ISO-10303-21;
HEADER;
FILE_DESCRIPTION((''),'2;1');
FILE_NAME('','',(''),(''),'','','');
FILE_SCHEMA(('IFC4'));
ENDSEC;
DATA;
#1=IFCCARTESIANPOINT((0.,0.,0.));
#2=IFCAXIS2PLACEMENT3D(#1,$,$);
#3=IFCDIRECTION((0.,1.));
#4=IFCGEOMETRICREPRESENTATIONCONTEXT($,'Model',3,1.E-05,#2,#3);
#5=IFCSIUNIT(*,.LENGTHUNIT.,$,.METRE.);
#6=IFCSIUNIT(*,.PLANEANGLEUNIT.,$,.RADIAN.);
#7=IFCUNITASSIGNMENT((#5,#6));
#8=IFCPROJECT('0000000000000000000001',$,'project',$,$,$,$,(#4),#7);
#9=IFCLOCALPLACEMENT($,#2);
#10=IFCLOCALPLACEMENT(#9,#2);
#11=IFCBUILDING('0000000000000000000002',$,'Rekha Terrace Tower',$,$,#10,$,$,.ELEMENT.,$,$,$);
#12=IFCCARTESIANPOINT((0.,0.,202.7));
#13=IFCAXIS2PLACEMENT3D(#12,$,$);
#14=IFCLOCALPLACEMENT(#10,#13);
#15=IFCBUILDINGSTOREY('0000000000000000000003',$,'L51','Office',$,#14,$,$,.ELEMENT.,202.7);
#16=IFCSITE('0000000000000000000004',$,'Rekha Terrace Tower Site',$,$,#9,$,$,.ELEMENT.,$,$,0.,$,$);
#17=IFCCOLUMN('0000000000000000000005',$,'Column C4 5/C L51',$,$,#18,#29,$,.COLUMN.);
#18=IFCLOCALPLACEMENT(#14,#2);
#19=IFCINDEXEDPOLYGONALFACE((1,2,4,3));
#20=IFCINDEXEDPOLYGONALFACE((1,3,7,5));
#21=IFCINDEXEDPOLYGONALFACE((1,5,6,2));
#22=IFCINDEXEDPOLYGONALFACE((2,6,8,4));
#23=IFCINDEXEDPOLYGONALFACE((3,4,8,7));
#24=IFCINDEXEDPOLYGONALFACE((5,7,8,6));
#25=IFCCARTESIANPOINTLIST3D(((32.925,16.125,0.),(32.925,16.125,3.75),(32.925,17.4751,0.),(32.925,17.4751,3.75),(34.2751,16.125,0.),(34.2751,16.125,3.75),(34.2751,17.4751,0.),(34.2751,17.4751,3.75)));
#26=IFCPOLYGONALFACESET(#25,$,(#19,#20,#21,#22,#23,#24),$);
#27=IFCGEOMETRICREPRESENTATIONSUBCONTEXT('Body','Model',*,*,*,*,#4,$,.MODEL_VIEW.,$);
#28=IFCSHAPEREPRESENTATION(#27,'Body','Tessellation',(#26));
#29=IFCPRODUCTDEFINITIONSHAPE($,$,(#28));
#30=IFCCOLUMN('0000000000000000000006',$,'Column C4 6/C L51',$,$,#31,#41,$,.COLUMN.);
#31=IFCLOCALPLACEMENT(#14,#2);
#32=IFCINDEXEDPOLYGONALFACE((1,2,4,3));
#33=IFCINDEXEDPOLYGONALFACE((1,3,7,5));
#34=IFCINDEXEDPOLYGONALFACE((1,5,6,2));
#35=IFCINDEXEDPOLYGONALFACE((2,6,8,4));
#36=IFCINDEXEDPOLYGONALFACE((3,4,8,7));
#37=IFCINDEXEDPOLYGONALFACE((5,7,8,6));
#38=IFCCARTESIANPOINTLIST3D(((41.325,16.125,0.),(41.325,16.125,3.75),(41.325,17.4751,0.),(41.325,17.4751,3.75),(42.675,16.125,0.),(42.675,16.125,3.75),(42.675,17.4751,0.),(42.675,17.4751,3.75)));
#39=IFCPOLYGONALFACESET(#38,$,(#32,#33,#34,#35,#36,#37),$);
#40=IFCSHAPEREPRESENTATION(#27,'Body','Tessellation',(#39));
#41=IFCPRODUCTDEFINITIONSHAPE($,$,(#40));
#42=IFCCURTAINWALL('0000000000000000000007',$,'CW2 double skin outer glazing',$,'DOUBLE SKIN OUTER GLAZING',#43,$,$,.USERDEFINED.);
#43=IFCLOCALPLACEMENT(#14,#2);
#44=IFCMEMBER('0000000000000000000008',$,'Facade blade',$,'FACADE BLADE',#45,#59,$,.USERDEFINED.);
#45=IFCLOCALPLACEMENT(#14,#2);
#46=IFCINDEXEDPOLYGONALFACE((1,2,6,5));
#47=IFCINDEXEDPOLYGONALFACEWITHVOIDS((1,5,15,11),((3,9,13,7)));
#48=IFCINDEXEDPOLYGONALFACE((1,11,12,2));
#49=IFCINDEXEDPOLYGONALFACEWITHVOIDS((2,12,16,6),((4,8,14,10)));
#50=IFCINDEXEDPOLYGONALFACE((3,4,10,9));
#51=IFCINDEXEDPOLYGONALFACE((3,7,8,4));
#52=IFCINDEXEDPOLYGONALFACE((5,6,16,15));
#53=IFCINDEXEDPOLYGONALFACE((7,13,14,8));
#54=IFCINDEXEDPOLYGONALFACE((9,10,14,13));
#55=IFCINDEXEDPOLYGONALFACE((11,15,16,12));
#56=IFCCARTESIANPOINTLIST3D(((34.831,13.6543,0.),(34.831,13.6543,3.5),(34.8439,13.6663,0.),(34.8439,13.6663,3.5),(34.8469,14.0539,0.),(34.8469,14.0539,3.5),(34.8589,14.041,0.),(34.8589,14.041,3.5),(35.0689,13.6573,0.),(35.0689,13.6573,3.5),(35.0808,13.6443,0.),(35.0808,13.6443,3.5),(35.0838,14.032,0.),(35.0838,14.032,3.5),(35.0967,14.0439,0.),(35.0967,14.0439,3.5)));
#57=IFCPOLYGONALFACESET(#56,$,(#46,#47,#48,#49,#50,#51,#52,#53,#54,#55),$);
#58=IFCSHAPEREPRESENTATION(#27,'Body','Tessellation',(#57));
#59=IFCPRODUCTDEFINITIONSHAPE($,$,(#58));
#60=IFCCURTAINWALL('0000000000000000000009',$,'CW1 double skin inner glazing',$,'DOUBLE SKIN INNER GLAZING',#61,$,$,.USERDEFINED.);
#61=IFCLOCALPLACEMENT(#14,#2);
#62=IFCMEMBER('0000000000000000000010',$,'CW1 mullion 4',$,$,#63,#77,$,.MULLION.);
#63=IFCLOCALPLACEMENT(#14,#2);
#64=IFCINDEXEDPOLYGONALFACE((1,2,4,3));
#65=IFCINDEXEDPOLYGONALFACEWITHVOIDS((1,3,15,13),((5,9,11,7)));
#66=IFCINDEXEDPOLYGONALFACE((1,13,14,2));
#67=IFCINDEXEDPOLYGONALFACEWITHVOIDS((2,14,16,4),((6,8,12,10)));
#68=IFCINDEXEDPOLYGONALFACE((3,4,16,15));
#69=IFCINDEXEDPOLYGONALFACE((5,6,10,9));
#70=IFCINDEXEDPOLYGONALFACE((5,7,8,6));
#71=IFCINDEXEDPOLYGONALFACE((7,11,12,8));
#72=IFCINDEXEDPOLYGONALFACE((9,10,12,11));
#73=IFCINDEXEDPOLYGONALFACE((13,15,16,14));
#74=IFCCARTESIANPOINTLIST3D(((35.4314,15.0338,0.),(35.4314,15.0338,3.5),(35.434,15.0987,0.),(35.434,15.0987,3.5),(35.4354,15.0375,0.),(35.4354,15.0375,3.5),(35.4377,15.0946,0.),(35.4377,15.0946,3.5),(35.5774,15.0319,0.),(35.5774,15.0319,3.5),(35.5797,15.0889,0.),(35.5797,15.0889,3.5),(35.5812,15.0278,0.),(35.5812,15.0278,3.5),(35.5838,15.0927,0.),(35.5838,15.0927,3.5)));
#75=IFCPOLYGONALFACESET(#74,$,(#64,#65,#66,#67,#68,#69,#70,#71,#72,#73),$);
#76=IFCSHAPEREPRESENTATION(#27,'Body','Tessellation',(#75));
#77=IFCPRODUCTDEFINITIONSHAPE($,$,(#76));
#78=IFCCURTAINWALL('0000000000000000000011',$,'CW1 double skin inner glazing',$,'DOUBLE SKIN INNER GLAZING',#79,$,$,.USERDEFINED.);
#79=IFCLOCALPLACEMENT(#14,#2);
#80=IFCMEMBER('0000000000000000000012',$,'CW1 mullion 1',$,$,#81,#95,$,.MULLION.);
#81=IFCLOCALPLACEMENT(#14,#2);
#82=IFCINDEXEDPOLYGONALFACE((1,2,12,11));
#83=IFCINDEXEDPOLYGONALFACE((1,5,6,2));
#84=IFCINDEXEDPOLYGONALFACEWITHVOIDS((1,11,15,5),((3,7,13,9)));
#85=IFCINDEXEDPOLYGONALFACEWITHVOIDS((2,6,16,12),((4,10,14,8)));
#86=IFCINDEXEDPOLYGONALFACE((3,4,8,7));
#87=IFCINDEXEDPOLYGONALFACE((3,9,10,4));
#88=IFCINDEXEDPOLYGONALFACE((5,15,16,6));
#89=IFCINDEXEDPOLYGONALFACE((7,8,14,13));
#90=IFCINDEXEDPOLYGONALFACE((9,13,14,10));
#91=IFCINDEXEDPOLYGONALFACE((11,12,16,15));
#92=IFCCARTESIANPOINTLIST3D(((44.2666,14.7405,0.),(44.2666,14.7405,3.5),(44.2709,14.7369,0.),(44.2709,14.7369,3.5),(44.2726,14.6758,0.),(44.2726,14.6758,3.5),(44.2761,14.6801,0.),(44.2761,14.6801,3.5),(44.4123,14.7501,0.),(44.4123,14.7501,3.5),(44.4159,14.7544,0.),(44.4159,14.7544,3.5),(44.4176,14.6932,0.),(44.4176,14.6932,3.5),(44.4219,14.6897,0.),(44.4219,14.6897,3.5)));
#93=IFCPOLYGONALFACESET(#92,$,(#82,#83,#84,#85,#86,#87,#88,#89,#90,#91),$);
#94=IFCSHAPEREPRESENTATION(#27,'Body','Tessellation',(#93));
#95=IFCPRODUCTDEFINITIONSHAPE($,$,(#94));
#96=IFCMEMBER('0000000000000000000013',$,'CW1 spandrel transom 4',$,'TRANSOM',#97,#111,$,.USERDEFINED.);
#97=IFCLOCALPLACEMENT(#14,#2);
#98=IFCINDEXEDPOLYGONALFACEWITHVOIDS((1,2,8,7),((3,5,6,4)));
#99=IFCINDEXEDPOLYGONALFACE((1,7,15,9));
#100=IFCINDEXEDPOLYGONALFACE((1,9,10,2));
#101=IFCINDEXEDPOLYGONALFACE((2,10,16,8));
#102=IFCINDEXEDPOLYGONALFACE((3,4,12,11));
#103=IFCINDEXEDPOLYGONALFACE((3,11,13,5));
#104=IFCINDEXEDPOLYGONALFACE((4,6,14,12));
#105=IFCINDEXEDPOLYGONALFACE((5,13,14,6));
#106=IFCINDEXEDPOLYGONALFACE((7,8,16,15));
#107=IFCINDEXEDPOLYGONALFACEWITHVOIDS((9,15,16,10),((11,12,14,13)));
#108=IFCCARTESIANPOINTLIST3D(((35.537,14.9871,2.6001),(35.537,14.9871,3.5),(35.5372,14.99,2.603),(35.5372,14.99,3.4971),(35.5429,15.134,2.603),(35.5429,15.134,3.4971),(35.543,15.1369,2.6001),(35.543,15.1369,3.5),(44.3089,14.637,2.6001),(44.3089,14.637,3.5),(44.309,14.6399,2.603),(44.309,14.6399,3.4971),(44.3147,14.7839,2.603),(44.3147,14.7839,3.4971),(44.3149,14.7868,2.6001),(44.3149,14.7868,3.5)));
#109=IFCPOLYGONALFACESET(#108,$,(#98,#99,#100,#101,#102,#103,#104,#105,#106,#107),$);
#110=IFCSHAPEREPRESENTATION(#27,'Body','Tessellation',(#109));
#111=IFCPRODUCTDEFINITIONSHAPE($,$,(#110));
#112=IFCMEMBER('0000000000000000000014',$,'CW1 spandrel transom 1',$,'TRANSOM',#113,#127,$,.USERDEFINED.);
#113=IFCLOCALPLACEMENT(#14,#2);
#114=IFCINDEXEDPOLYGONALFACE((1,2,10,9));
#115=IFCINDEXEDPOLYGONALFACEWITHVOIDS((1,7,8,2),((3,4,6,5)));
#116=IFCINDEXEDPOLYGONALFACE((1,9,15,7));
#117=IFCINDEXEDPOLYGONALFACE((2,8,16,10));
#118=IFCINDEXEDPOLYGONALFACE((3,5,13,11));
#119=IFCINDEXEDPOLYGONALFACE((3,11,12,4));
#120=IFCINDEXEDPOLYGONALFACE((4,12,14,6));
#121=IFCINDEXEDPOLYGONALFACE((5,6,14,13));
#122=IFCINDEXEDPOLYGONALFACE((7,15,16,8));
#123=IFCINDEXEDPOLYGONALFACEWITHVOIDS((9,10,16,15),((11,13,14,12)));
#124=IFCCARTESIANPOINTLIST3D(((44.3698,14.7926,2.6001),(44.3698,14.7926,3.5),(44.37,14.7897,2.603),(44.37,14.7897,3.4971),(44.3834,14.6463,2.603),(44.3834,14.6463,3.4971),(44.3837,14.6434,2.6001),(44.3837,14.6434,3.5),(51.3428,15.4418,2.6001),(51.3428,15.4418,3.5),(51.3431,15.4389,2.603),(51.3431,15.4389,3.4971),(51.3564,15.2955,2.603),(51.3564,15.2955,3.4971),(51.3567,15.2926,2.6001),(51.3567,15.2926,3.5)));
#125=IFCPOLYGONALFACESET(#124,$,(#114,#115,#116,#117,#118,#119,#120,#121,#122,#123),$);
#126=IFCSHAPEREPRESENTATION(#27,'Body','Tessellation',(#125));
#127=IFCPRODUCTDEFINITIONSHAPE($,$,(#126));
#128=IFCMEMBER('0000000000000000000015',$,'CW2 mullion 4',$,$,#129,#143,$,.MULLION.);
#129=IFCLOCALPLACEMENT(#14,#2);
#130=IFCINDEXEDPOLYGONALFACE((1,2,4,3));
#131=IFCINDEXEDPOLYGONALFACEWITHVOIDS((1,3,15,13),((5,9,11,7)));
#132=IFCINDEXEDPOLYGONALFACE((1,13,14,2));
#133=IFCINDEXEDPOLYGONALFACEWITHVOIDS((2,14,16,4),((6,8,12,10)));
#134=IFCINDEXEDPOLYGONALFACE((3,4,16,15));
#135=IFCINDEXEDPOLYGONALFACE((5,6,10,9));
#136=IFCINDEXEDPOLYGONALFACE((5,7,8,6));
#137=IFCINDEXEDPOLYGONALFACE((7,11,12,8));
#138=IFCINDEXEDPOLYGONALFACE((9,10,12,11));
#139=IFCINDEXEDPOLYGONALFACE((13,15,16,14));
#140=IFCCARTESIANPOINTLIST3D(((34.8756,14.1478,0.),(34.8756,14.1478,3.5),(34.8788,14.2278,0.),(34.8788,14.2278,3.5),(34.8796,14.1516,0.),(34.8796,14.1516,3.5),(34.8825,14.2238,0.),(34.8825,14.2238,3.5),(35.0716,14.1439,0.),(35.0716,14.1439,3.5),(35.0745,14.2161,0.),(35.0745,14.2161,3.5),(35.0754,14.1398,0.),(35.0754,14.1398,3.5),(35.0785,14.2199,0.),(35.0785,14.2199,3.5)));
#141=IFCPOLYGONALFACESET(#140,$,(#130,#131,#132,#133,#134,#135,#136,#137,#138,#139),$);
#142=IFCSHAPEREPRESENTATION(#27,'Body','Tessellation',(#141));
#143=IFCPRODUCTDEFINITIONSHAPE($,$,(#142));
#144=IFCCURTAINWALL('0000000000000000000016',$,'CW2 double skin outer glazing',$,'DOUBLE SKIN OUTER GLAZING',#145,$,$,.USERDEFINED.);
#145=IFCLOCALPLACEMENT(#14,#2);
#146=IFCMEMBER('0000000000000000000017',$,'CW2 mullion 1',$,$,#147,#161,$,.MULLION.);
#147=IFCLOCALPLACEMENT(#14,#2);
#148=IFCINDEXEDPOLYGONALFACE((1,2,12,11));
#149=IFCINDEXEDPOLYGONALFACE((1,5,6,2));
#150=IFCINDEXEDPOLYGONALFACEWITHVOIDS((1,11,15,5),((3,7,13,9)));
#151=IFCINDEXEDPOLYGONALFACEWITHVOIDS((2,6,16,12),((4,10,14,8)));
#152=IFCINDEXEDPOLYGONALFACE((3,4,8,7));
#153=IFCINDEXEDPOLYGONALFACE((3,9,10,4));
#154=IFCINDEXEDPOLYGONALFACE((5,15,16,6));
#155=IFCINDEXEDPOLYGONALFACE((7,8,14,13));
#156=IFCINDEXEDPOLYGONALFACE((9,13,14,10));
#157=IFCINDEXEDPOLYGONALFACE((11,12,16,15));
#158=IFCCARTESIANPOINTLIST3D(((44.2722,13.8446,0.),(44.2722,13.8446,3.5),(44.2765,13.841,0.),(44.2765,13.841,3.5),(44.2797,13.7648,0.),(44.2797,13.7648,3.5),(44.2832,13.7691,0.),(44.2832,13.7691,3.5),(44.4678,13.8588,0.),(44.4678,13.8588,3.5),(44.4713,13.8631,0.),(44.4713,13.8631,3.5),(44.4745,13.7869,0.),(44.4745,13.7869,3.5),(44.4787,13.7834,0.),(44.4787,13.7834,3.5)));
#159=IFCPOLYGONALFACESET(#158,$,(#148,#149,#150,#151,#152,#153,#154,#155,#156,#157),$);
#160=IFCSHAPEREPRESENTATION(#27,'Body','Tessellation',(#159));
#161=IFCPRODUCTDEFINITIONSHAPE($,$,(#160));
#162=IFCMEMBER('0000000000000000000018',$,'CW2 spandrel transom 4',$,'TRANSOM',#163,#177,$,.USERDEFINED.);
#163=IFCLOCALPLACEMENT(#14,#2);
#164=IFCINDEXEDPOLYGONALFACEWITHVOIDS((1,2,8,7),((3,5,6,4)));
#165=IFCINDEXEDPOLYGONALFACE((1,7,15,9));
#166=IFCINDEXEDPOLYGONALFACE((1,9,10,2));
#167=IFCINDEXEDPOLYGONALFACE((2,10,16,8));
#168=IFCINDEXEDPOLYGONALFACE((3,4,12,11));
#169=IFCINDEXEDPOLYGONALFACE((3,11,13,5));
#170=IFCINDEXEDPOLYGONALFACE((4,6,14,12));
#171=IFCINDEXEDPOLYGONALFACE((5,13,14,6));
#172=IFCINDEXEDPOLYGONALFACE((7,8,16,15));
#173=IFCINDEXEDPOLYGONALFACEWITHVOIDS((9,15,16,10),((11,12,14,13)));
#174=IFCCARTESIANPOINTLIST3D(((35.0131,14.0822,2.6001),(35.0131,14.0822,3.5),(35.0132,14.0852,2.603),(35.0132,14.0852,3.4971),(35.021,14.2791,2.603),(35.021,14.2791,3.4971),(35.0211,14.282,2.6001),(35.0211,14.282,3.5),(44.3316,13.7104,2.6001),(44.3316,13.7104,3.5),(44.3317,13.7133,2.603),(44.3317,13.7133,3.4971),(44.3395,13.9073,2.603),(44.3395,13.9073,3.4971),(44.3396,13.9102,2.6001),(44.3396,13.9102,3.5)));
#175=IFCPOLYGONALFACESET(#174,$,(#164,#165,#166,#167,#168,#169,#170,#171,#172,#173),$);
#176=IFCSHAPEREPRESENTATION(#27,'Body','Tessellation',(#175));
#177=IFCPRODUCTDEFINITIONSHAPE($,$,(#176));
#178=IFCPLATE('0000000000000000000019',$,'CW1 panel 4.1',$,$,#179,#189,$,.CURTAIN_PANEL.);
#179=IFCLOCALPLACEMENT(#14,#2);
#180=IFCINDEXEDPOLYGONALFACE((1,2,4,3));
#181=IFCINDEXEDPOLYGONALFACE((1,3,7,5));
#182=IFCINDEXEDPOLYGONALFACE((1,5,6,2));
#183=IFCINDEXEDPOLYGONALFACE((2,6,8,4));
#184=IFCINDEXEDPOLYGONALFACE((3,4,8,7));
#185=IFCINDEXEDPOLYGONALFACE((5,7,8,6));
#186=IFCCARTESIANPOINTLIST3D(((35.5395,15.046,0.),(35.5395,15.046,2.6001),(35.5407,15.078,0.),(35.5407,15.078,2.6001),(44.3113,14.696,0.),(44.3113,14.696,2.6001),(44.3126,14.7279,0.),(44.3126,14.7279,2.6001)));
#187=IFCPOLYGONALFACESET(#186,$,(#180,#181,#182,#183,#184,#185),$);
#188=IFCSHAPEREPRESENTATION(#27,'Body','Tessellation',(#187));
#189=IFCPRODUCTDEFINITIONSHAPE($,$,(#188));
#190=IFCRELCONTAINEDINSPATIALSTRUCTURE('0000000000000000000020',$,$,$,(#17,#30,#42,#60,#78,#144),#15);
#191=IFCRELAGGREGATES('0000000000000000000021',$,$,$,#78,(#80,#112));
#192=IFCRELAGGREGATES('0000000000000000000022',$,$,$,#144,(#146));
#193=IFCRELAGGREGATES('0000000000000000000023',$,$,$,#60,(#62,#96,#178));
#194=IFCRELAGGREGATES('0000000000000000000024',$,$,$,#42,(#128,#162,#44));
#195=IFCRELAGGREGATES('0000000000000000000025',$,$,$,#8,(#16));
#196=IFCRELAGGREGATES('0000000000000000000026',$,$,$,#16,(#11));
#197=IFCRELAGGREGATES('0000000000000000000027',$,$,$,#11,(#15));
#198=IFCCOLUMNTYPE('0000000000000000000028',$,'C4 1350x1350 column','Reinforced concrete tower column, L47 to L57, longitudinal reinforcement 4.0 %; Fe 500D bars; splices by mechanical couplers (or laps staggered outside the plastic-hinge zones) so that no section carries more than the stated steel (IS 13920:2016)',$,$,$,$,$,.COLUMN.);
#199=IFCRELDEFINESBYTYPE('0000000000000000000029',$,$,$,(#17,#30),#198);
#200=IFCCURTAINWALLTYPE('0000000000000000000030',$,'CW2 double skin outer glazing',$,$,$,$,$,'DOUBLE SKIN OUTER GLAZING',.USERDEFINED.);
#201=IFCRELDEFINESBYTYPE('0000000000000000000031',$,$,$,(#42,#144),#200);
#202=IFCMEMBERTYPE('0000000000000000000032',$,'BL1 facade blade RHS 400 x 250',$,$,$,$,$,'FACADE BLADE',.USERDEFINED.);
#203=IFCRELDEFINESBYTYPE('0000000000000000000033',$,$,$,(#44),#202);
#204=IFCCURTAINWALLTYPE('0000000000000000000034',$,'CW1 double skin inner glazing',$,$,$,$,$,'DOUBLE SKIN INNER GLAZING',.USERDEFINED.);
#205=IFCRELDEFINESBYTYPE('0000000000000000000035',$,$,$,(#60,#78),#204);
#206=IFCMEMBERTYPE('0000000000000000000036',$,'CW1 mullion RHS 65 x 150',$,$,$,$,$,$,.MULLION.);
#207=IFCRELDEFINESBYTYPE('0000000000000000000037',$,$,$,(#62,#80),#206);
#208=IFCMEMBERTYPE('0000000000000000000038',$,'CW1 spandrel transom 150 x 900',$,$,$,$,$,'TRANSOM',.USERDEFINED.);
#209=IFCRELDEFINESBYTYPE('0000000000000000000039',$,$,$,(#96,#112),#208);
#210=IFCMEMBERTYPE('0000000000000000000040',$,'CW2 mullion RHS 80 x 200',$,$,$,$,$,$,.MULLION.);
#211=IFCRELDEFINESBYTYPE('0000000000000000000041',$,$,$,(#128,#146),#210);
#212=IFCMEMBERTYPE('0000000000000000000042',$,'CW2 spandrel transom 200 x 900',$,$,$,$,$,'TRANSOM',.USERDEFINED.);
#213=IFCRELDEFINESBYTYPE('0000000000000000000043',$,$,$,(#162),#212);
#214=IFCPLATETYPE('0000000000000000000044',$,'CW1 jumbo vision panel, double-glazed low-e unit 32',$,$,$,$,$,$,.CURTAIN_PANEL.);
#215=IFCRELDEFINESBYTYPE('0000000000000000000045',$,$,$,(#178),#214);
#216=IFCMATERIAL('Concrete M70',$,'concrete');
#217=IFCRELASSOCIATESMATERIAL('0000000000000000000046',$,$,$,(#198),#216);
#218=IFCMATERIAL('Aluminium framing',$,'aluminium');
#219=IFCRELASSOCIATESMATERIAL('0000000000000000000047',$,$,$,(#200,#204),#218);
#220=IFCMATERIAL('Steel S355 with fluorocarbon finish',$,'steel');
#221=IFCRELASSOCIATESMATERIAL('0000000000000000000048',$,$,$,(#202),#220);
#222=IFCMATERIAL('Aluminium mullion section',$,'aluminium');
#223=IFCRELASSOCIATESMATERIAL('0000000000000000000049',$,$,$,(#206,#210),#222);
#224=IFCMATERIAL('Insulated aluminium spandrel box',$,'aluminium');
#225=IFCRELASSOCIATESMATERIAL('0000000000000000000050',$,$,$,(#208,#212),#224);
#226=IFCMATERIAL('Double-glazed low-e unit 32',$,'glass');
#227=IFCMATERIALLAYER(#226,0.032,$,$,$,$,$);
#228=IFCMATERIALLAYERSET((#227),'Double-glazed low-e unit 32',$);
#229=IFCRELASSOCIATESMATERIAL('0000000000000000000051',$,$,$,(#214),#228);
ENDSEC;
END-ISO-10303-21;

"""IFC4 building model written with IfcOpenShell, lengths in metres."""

from ifc_helpers import new_model, si_unit, direction, frame, origin, origin_2d, place, context, subcontext, project, spatial, rectangle, hollow_rectangle, extrude, material, layer, layer_set, material_profile, profile_set, type_object, element, aggregate, save


model = new_model("IFC4")

# Units and contexts
model_context = context("Model", 3, precision=1e-05, world=origin(), true_north=direction((0.0, 1.0)))
body_context = subcontext(model_context, "Body", "Model", "MODEL_VIEW")
ifc_project = project(units=[si_unit("LENGTHUNIT", "METRE"), si_unit("PLANEANGLEUNIT", "RADIAN")], contexts=[model_context])

# Site, building, storey
site_placement = place(None, origin())
site = spatial("IfcSite", under=ifc_project, at=site_placement, Name="Rekha Terrace Tower Site", CompositionType="ELEMENT", RefElevation=0.0)
building_placement = place(site_placement, origin())
building = spatial("IfcBuilding", under=site, at=building_placement, Name="Rekha Terrace Tower", CompositionType="ELEMENT")
storey_placement = place(building_placement, frame((0.0, 0.0, 202.7)))
storey = spatial("IfcBuildingStorey", under=building, at=storey_placement, Name="L51", Description="Office", CompositionType="ELEMENT", Elevation=202.7)

# Columns
ifc_material_1 = material(Name="Concrete M70", Category="concrete")
ifc_material_profile_1 = material_profile(ifc_material_1, rectangle(XDim=1.3501, YDim=1.3501, at=origin_2d()), Name="RC 1350x1350")
ifc_profile_set_1 = profile_set([ifc_material_profile_1], Name="Concrete M70")
column_type = type_object("IfcColumnType", Name="C4 1350x1350 column", Description="Reinforced concrete tower column, L47 to L57, longitudinal reinforcement 4.0 %; Fe 500D bars; splices by mechanical couplers (or laps staggered outside the plastic-hinge zones) so that no section carries more than the stated steel (IS 13920:2016)", PredefinedType="COLUMN", material=ifc_profile_set_1)
for number, where, z_axis, x_axis, name in (
    (1, (33.6001, 16.8, 0.0), (0.0, 0.0, 1.0), (1.0, 0.0, 0.0), "Column C4 5/C L51"),
    (2, (42.0, 16.8, 0.0), (0.0, 0.0, 1.0), (1.0, 0.0, 0.0), "Column C4 6/C L51"),
):
    element("IfcColumn", number, at=place(storey_placement, frame(where, z_axis=z_axis, x_axis=x_axis)), inside=storey, type_object=column_type, Name=name, PredefinedType="COLUMN", context=body_context, shape_type="SweptSolid", body=[
        extrude(rectangle(XDim=1.3501, YDim=1.3501, at=origin_2d()), origin(), (0.0, 0.0, 1.0), 3.75),
    ])

# Curtain walls, members
ifc_material_2 = material(Name="Aluminium framing", Category="aluminium")
curtain_wall_type_1 = type_object("IfcCurtainWallType", Name="CW2 double skin outer glazing", ElementType="DOUBLE SKIN OUTER GLAZING", PredefinedType="USERDEFINED", material=ifc_material_2)
curtain_wall_1_placement = place(storey_placement, origin())
curtain_wall_1 = element("IfcCurtainWall", 3, at=curtain_wall_1_placement, inside=storey, type_object=curtain_wall_type_1, Name="CW2 double skin outer glazing", ObjectType="DOUBLE SKIN OUTER GLAZING", PredefinedType="USERDEFINED")
ifc_material_3 = material(Name="Steel S355 with fluorocarbon finish", Category="steel")
ifc_material_profile_2 = material_profile(ifc_material_3, hollow_rectangle(XDim=0.25, YDim=0.3999, WallThickness=0.0125, at=origin_2d()), Name="RHS400x250x12.5")
ifc_profile_set_2 = profile_set([ifc_material_profile_2], Name="Steel S355 with fluorocarbon finish")
member_type_1 = type_object("IfcMemberType", Name="BL1 facade blade RHS 400 x 250", ElementType="FACADE BLADE", PredefinedType="USERDEFINED", material=ifc_profile_set_2)
member_1_placement = place(storey_placement, frame((34.9639, 13.8491, 0.0), z_axis=(0.0, 0.0, 1.0), x_axis=(0.999205, -0.039872, 0.0)))
member_1 = element("IfcMember", 4, at=member_1_placement, type_object=member_type_1, Name="Facade blade", ObjectType="FACADE BLADE", PredefinedType="USERDEFINED", context=body_context, shape_type="SweptSolid", body=[
    extrude(hollow_rectangle(XDim=0.25, YDim=0.3999, WallThickness=0.0125, at=origin_2d()), origin(), (0.0, 0.0, 1.0), 3.5),
])
curtain_wall_type_2 = type_object("IfcCurtainWallType", Name="CW1 double skin inner glazing", ElementType="DOUBLE SKIN INNER GLAZING", PredefinedType="USERDEFINED", material=ifc_material_2)
curtain_wall_2_placement = place(storey_placement, origin())
curtain_wall_2 = element("IfcCurtainWall", 5, at=curtain_wall_2_placement, inside=storey, type_object=curtain_wall_type_2, Name="CW1 double skin inner glazing", ObjectType="DOUBLE SKIN INNER GLAZING", PredefinedType="USERDEFINED")
ifc_material_4 = material(Name="Aluminium mullion section", Category="aluminium")
ifc_material_profile_3 = material_profile(ifc_material_4, hollow_rectangle(XDim=0.0649, YDim=0.1499, WallThickness=0.0039, at=origin_2d()), Name="AL RHS 65x150")
ifc_profile_set_3 = profile_set([ifc_material_profile_3], Name="Aluminium mullion section")
member_type_2 = type_object("IfcMemberType", Name="CW1 mullion RHS 65 x 150", PredefinedType="MULLION", material=ifc_profile_set_3)
member_2_placement = place(storey_placement, frame((35.5076, 15.0632, 0.0), z_axis=(0.0, 0.0, 1.0), x_axis=(0.039872, 0.999205, 0.0)))
member_2 = element("IfcMember", 6, at=member_2_placement, type_object=member_type_2, Name="CW1 mullion 4", PredefinedType="MULLION", context=body_context, shape_type="SweptSolid", body=[
    extrude(hollow_rectangle(XDim=0.0649, YDim=0.1499, WallThickness=0.0039, at=origin_2d()), origin(), (0.0, 0.0, 1.0), 3.5),
])
curtain_wall_3_placement = place(storey_placement, origin())
curtain_wall_3 = element("IfcCurtainWall", 7, at=curtain_wall_3_placement, inside=storey, type_object=curtain_wall_type_2, Name="CW1 double skin inner glazing", ObjectType="DOUBLE SKIN INNER GLAZING", PredefinedType="USERDEFINED")
member_3_placement = place(storey_placement, frame((44.3442, 14.7151, 0.0), z_axis=(0.0, 0.0, 1.0), x_axis=(-0.092709, 0.995693, 0.0)))
member_3 = element("IfcMember", 8, at=member_3_placement, type_object=member_type_2, Name="CW1 mullion 1", PredefinedType="MULLION", context=body_context, shape_type="SweptSolid", body=[
    extrude(hollow_rectangle(XDim=0.0649, YDim=0.1499, WallThickness=0.0039, at=origin_2d()), origin(), (0.0, 0.0, 1.0), 3.5),
])

# Members
ifc_material_5 = material(Name="Insulated aluminium spandrel box", Category="aluminium")
ifc_material_profile_4 = material_profile(ifc_material_5, hollow_rectangle(XDim=0.1499, YDim=0.8999, WallThickness=0.0029, at=origin_2d()), Name="AL SPANDREL BOX 150x900")
ifc_profile_set_4 = profile_set([ifc_material_profile_4], Name="Insulated aluminium spandrel box")
member_type_3 = type_object("IfcMemberType", Name="CW1 spandrel transom 150 x 900", ElementType="TRANSOM", PredefinedType="USERDEFINED", material=ifc_profile_set_4)
member_4_placement = place(storey_placement, frame((35.54, 15.062, 3.05), z_axis=(0.999204, -0.03988, 0.0), x_axis=(0.03988, 0.999204, 0.0)))
member_4 = element("IfcMember", 9, at=member_4_placement, type_object=member_type_3, Name="CW1 spandrel transom 4", ObjectType="TRANSOM", PredefinedType="USERDEFINED", context=body_context, shape_type="SweptSolid", body=[
    extrude(hollow_rectangle(XDim=0.1499, YDim=0.8999, WallThickness=0.0029, at=origin_2d()), origin(), (0.0, 0.0, 1.0), 8.7788),
])
member_5_placement = place(storey_placement, frame((44.3767, 14.718, 3.05), z_axis=(0.995694, 0.092698, 0.0), x_axis=(-0.092698, 0.995694, 0.0)))
member_5 = element("IfcMember", 10, at=member_5_placement, type_object=member_type_3, Name="CW1 spandrel transom 1", ObjectType="TRANSOM", PredefinedType="USERDEFINED", context=body_context, shape_type="SweptSolid", body=[
    extrude(hollow_rectangle(XDim=0.1499, YDim=0.8999, WallThickness=0.0029, at=origin_2d()), origin(), (0.0, 0.0, 1.0), 7.0032),
])
aggregate(curtain_wall_3, [member_3, member_5])
ifc_material_profile_5 = material_profile(ifc_material_4, hollow_rectangle(XDim=0.0801, YDim=0.2, WallThickness=0.0039, at=origin_2d()), Name="AL RHS 80x200")
ifc_profile_set_5 = profile_set([ifc_material_profile_5], Name="Aluminium mullion section")
member_type_4 = type_object("IfcMemberType", Name="CW2 mullion RHS 80 x 200", PredefinedType="MULLION", material=ifc_profile_set_5)
member_6_placement = place(storey_placement, frame((34.9771, 14.1838, 0.0), z_axis=(0.0, 0.0, 1.0), x_axis=(0.039872, 0.999205, 0.0)))
member_6 = element("IfcMember", 11, at=member_6_placement, type_object=member_type_4, Name="CW2 mullion 4", PredefinedType="MULLION", context=body_context, shape_type="SweptSolid", body=[
    extrude(hollow_rectangle(XDim=0.0801, YDim=0.2, WallThickness=0.0039, at=origin_2d()), origin(), (0.0, 0.0, 1.0), 3.5),
])

# Curtain wall, member
curtain_wall_4_placement = place(storey_placement, origin())
curtain_wall_4 = element("IfcCurtainWall", 12, at=curtain_wall_4_placement, inside=storey, type_object=curtain_wall_type_1, Name="CW2 double skin outer glazing", ObjectType="DOUBLE SKIN OUTER GLAZING", PredefinedType="USERDEFINED")
member_7_placement = place(storey_placement, frame((44.3755, 13.814, 0.0), z_axis=(0.0, 0.0, 1.0), x_axis=(-0.092709, 0.995693, 0.0)))
member_7 = element("IfcMember", 13, at=member_7_placement, type_object=member_type_4, Name="CW2 mullion 1", PredefinedType="MULLION", context=body_context, shape_type="SweptSolid", body=[
    extrude(hollow_rectangle(XDim=0.0801, YDim=0.2, WallThickness=0.0039, at=origin_2d()), origin(), (0.0, 0.0, 1.0), 3.5),
])
aggregate(curtain_wall_4, [member_7])

# Member
ifc_material_profile_6 = material_profile(ifc_material_5, hollow_rectangle(XDim=0.2, YDim=0.8999, WallThickness=0.0029, at=origin_2d()), Name="AL SPANDREL BOX 200x900")
ifc_profile_set_6 = profile_set([ifc_material_profile_6], Name="Insulated aluminium spandrel box")
member_type_5 = type_object("IfcMemberType", Name="CW2 spandrel transom 200 x 900", ElementType="TRANSOM", PredefinedType="USERDEFINED", material=ifc_profile_set_6)
member_8_placement = place(storey_placement, frame((35.0171, 14.1821, 3.05), z_axis=(0.999205, -0.03987, 0.0), x_axis=(0.03987, 0.999205, 0.0)))
member_8 = element("IfcMember", 14, at=member_8_placement, type_object=member_type_5, Name="CW2 spandrel transom 4", ObjectType="TRANSOM", PredefinedType="USERDEFINED", context=body_context, shape_type="SweptSolid", body=[
    extrude(hollow_rectangle(XDim=0.2, YDim=0.8999, WallThickness=0.0029, at=origin_2d()), origin(), (0.0, 0.0, 1.0), 9.3259),
])

# Plate
ifc_material_6 = material(Name="Double-glazed low-e unit 32", Category="glass")
ifc_layer_1 = layer(ifc_material_6, 0.032)
ifc_layer_set_1 = layer_set([ifc_layer_1], Name="Double-glazed low-e unit 32")
plate_type_1 = type_object("IfcPlateType", Name="CW1 jumbo vision panel, double-glazed low-e unit 32", PredefinedType="CURTAIN_PANEL", material=ifc_layer_set_1)
plate_1_placement = place(storey_placement, frame((39.926, 14.887, 0.0), z_axis=(0.0, 0.0, 1.0), x_axis=(0.999205, -0.039872, 0.0)))
plate_1 = element("IfcPlate", 15, at=plate_1_placement, type_object=plate_type_1, Name="CW1 panel 4.1", PredefinedType="CURTAIN_PANEL", context=body_context, shape_type="SweptSolid", body=[
    extrude(rectangle(XDim=8.7788, YDim=0.032, at=origin_2d()), origin(), (0.0, 0.0, 1.0), 2.6001),
])
aggregate(curtain_wall_2, [member_2, member_4, plate_1])
aggregate(curtain_wall_1, [member_6, member_8, member_1])

save(model, "model.ifc")
